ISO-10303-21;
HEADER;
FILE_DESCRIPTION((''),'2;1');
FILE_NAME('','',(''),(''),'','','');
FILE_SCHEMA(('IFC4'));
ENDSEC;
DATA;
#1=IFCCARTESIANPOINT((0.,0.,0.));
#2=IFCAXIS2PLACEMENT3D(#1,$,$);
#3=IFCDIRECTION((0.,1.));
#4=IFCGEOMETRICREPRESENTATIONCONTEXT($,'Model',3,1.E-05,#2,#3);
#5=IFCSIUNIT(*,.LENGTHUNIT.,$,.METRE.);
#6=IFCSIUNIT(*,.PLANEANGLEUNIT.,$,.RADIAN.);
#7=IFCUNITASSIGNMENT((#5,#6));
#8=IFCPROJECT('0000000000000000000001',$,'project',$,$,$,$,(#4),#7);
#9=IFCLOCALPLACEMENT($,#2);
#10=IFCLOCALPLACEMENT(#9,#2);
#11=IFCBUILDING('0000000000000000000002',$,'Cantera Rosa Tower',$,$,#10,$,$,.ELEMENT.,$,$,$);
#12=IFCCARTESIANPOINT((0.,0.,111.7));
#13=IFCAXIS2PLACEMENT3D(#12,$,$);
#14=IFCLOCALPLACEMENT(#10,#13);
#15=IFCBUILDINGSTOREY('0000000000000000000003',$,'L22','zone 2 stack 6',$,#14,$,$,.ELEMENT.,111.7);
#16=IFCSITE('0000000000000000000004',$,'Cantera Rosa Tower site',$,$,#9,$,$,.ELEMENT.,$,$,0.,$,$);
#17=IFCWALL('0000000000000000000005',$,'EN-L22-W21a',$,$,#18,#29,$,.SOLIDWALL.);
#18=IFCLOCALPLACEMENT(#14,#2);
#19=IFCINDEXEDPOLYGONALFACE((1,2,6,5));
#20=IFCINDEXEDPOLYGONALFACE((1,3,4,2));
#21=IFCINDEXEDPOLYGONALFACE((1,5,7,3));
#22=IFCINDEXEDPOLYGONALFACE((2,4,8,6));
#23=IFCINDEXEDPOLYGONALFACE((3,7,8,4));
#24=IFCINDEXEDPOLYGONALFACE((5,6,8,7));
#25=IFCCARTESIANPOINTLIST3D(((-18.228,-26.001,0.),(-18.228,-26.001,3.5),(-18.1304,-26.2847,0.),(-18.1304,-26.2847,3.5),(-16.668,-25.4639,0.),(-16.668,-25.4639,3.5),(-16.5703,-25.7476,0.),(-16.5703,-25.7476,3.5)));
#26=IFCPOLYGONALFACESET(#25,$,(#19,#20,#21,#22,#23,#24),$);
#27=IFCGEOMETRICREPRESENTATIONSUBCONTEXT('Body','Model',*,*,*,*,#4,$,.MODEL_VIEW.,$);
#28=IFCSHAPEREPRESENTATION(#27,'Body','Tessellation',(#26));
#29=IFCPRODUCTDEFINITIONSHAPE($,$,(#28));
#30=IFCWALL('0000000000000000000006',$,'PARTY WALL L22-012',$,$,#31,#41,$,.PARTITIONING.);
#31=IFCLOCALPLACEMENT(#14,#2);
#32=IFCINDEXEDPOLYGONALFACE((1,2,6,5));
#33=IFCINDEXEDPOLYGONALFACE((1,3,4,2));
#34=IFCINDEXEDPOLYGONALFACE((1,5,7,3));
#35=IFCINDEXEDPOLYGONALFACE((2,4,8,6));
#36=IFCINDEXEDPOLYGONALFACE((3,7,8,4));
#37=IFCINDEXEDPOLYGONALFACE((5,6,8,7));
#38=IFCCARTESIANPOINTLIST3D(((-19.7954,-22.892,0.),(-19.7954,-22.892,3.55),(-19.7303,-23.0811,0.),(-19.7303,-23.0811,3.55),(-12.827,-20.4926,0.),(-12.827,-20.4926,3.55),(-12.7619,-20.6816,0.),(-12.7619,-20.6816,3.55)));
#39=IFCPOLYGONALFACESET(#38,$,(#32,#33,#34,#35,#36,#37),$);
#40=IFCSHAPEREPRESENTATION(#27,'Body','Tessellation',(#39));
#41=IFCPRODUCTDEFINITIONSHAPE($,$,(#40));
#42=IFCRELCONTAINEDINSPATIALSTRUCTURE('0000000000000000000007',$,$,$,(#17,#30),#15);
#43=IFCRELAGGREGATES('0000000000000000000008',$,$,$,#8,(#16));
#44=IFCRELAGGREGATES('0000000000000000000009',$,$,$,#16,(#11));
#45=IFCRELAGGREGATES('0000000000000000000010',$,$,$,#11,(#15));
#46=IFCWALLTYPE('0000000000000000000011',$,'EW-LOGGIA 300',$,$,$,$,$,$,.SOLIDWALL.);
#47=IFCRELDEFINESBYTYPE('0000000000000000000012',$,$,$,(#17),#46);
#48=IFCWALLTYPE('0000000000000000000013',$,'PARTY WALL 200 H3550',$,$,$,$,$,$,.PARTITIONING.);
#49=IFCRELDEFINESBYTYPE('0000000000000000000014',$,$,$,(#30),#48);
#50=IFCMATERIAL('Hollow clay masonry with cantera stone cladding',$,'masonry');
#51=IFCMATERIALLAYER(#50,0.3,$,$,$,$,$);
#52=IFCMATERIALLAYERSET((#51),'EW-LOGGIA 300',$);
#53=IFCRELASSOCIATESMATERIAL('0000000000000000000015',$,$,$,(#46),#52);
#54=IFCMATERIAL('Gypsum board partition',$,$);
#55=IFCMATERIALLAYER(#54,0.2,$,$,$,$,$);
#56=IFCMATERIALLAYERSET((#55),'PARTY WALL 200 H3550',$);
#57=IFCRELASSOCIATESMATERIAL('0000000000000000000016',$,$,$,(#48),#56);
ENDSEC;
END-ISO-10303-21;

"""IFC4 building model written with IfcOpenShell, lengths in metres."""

from ifc_helpers import new_model, si_unit, direction, frame, frame_2d, origin, place, context, subcontext, project, spatial, rectangle, extrude, material, layer, layer_set, type_object, element, save


model = new_model("IFC4")

# Units and contexts
model_context = context("Model", 3, precision=1e-05, world=origin(), true_north=direction((0.0, 1.0)))
body_context = subcontext(model_context, "Body", "Model", "MODEL_VIEW")
ifc_project = project(units=[si_unit("LENGTHUNIT", "METRE"), si_unit("PLANEANGLEUNIT", "RADIAN")], contexts=[model_context])

# Site, building, storey
site_placement = place(None, origin())
site = spatial("IfcSite", under=ifc_project, at=site_placement, Name="Cantera Rosa Tower site", CompositionType="ELEMENT", RefElevation=0.0)
building_placement = place(site_placement, origin())
building = spatial("IfcBuilding", under=site, at=building_placement, Name="Cantera Rosa Tower", CompositionType="ELEMENT")
storey_placement = place(building_placement, frame((0.0, 0.0, 111.7)))
storey = spatial("IfcBuildingStorey", under=building, at=storey_placement, Name="L22", Description="zone 2 stack 6", CompositionType="ELEMENT", Elevation=111.7)

# Wall
ifc_material_1 = material(Name="Hollow clay masonry with cantera stone cladding", Category="masonry")
ifc_layer_1 = layer(ifc_material_1, 0.3)
ifc_layer_set_1 = layer_set([ifc_layer_1], Name="EW-LOGGIA 300")
wall_type_1 = type_object("IfcWallType", Name="EW-LOGGIA 300", PredefinedType="SOLIDWALL", material=ifc_layer_set_1)
wall_1_placement = place(storey_placement, frame((-18.1792, -26.1428, 0.0), z_axis=(0.0, 0.0, 1.0), x_axis=(0.94553, 0.325535, 0.0)))
element("IfcWall", 1, at=wall_1_placement, inside=storey, type_object=wall_type_1, Name="EN-L22-W21a", PredefinedType="SOLIDWALL", context=body_context, shape_type="SweptSolid", body=[
    extrude(rectangle(XDim=1.6499, YDim=0.3, at=frame_2d((0.825, 0.0))), origin(), (0.0, 0.0, 1.0), 3.5),
])

# Wall
ifc_material_2 = material(Name="Gypsum board partition")
ifc_layer_2 = layer(ifc_material_2, 0.2)
ifc_layer_set_2 = layer_set([ifc_layer_2], Name="PARTY WALL 200 H3550")
wall_type_2 = type_object("IfcWallType", Name="PARTY WALL 200 H3550", PredefinedType="PARTITIONING", material=ifc_layer_set_2)
wall_2_placement = place(storey_placement, frame((-19.7629, -22.9866, 0.0), z_axis=(0.0, 0.0, 1.0), x_axis=(0.945517, 0.325574, 0.0)))
element("IfcWall", 2, at=wall_2_placement, inside=storey, type_object=wall_type_2, Name="PARTY WALL L22-012", PredefinedType="PARTITIONING", context=body_context, shape_type="SweptSolid", body=[
    extrude(rectangle(XDim=7.3699, YDim=0.2, at=frame_2d((3.6851, 0.0))), origin(), (0.0, 0.0, 1.0), 3.55),
])

save(model, "model.ifc")
